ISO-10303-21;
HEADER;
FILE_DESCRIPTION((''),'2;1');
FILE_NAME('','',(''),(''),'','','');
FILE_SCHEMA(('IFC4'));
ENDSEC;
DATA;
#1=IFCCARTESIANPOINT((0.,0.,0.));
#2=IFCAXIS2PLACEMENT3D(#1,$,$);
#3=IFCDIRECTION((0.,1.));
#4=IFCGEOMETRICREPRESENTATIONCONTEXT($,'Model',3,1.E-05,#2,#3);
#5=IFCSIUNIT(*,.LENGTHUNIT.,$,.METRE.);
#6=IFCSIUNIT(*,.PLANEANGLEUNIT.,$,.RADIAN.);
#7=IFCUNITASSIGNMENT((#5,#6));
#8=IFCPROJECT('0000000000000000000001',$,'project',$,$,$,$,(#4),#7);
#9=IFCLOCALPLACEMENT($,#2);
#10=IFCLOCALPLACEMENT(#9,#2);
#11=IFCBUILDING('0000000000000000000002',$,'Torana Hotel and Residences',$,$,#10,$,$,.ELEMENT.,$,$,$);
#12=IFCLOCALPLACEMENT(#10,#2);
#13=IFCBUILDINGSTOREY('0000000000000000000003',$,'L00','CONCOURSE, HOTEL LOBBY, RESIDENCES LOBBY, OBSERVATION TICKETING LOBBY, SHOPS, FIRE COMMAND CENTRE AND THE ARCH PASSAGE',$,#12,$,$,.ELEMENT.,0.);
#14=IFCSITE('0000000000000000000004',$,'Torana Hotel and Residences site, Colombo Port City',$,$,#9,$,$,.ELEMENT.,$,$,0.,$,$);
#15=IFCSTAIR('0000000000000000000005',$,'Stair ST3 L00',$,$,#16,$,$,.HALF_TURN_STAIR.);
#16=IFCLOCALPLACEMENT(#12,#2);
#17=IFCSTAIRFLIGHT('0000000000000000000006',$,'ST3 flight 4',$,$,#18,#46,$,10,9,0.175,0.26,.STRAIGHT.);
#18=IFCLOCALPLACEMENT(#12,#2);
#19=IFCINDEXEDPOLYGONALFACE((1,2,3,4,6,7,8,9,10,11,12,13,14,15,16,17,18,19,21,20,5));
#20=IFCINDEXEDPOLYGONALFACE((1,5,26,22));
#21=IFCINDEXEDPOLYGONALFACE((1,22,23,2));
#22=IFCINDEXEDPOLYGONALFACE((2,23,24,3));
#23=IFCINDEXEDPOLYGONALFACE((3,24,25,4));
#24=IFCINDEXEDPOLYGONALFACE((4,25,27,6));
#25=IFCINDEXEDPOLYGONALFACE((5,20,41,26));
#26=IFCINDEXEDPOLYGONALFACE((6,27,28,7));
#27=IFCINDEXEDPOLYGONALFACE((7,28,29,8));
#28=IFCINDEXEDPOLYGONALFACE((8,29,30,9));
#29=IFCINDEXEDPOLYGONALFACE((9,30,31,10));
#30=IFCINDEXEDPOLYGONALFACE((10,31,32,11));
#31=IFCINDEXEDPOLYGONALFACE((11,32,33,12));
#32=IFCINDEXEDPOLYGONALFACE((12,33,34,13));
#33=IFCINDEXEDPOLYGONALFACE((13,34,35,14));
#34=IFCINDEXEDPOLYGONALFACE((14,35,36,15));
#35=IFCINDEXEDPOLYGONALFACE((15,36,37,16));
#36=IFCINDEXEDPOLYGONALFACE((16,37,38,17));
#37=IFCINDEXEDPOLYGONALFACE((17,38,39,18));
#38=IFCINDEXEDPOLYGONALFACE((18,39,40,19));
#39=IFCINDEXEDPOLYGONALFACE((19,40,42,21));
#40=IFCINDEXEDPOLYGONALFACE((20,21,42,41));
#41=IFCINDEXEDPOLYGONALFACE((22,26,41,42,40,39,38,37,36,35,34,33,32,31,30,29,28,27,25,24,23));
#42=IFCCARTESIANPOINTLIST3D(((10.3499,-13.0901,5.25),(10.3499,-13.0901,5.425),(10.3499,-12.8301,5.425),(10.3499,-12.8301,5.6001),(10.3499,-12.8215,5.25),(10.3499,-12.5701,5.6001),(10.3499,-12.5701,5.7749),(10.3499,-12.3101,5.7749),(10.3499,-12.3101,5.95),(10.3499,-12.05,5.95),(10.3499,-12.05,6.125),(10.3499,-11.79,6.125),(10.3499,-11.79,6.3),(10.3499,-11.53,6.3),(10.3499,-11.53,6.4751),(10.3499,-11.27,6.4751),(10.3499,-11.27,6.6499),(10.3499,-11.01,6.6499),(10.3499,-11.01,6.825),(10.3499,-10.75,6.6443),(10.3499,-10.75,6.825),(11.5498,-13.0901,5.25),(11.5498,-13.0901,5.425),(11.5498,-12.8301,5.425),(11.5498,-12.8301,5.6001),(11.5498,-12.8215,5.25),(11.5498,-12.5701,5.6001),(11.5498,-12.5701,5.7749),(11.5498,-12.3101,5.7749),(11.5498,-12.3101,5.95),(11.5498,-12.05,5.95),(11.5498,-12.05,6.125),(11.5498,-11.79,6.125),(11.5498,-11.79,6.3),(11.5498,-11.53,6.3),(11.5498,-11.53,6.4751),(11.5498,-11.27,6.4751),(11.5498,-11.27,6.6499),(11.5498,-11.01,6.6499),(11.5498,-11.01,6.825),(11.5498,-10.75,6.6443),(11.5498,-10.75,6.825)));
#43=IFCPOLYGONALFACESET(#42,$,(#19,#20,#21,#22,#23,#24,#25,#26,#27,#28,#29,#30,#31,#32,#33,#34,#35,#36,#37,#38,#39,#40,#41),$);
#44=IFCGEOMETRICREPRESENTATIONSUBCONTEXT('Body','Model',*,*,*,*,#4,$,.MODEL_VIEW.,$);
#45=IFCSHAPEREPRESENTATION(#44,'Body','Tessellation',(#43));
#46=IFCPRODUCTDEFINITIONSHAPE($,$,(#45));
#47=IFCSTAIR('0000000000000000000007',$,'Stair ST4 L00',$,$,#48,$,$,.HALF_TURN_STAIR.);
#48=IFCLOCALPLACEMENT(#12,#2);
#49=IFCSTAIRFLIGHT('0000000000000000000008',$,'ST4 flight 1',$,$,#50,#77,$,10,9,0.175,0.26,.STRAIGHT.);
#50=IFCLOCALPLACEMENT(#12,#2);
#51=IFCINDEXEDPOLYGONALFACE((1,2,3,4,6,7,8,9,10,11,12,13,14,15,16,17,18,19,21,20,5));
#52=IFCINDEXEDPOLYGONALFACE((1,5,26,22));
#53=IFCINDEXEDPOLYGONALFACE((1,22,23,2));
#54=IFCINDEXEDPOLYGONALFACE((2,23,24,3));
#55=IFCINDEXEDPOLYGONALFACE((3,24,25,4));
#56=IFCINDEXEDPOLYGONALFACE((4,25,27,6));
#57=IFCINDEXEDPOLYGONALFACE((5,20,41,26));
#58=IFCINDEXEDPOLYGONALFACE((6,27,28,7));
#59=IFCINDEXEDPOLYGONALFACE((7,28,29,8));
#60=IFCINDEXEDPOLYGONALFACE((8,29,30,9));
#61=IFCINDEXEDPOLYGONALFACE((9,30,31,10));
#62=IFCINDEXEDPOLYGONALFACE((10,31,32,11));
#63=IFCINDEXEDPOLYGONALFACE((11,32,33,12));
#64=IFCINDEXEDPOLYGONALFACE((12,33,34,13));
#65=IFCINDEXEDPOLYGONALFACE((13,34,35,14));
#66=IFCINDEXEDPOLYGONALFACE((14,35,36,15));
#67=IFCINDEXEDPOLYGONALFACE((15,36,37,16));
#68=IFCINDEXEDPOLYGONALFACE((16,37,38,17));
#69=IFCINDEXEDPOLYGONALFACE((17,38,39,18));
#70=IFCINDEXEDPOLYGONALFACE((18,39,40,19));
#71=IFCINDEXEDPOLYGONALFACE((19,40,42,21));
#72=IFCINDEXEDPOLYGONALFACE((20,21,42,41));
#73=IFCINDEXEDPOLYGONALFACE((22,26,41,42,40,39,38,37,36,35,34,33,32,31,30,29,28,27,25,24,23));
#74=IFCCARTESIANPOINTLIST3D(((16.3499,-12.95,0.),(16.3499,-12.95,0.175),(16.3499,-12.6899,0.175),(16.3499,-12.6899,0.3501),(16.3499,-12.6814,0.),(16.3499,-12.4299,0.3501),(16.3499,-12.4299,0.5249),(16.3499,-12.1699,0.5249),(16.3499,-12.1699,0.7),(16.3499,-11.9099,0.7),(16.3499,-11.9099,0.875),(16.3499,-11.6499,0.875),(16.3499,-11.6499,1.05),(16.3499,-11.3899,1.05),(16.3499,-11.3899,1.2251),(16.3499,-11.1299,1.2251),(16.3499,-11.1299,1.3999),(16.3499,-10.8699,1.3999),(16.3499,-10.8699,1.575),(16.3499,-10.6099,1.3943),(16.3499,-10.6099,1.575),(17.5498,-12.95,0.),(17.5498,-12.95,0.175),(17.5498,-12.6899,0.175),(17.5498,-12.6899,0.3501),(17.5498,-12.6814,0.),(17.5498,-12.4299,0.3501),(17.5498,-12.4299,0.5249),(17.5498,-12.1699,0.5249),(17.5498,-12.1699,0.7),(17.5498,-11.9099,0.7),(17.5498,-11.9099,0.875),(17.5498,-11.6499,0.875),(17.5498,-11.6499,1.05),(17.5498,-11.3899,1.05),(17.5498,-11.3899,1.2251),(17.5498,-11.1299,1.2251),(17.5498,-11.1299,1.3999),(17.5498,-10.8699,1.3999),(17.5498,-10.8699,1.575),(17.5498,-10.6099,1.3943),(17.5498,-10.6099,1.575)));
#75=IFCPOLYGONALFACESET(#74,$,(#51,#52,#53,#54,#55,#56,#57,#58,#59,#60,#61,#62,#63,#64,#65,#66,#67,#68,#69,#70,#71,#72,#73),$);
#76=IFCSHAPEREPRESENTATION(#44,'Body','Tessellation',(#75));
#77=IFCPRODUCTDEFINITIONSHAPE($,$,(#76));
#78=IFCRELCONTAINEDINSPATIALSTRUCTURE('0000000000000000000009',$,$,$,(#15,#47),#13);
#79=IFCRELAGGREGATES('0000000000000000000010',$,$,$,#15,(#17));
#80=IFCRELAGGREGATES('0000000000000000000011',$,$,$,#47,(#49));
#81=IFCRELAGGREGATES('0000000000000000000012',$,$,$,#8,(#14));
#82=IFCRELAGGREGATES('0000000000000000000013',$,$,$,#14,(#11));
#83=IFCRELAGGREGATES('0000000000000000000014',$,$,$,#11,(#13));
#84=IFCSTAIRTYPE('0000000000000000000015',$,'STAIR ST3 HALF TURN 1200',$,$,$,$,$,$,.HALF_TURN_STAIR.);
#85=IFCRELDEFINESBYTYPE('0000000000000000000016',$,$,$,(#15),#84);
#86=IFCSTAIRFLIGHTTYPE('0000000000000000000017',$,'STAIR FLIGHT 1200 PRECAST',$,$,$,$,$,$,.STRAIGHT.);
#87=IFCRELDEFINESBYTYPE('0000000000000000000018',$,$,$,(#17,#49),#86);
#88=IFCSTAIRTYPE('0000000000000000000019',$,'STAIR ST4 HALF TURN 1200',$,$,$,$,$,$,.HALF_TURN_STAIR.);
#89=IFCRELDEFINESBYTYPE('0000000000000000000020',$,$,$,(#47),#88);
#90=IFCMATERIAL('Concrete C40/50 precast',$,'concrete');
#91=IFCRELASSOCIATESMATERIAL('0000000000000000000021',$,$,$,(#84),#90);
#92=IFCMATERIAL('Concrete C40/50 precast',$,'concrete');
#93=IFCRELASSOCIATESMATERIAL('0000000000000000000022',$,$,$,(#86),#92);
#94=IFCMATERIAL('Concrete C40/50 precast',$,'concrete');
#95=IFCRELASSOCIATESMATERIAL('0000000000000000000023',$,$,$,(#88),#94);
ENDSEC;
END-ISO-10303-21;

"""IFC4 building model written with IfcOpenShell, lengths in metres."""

from ifc_helpers import new_model, si_unit, direction, frame, origin, place, context, subcontext, project, spatial, polyline, outline, extrude, material, type_object, element, aggregate, save


model = new_model("IFC4")

# Units and contexts
model_context = context("Model", 3, precision=1e-05, world=origin(), true_north=direction((0.0, 1.0)))
body_context = subcontext(model_context, "Body", "Model", "MODEL_VIEW")
ifc_project = project(units=[si_unit("LENGTHUNIT", "METRE"), si_unit("PLANEANGLEUNIT", "RADIAN")], contexts=[model_context])

# Site, building, storey
site_placement = place(None, origin())
site = spatial("IfcSite", under=ifc_project, at=site_placement, Name="Torana Hotel and Residences site, Colombo Port City", CompositionType="ELEMENT", RefElevation=0.0)
building_placement = place(site_placement, origin())
building = spatial("IfcBuilding", under=site, at=building_placement, Name="Torana Hotel and Residences", CompositionType="ELEMENT")
storey_placement = place(building_placement, origin())
storey = spatial("IfcBuildingStorey", under=building, at=storey_placement, Name="L00", Description="CONCOURSE, HOTEL LOBBY, RESIDENCES LOBBY, OBSERVATION TICKETING LOBBY, SHOPS, FIRE COMMAND CENTRE AND THE ARCH PASSAGE", CompositionType="ELEMENT", Elevation=0.0)

# Stair, stair flight
ifc_material_1 = material(Name="Concrete C40/50 precast", Category="concrete")
stair_type_1 = type_object("IfcStairType", Name="STAIR ST3 HALF TURN 1200", PredefinedType="HALF_TURN_STAIR", material=ifc_material_1)
stair_1_placement = place(storey_placement, origin())
stair_1 = element("IfcStair", 1, at=stair_1_placement, inside=storey, type_object=stair_type_1, Name="Stair ST3 L00", PredefinedType="HALF_TURN_STAIR")
ifc_material_2 = material(Name="Concrete C40/50 precast", Category="concrete")
stair_flight_type = type_object("IfcStairFlightType", Name="STAIR FLIGHT 1200 PRECAST", PredefinedType="STRAIGHT", material=ifc_material_2)
stair_flight_1_placement = place(storey_placement, frame((10.95, -13.0901, 5.25), z_axis=(0.0, 0.0, 1.0), x_axis=(0.0, 1.0, 0.0)))
stair_flight_1 = element("IfcStairFlight", 2, at=stair_flight_1_placement, type_object=stair_flight_type, Name="ST3 flight 4", NumberOfRisers=10, NumberOfTreads=9, PredefinedType="STRAIGHT", RiserHeight=0.175, TreadLength=0.26, context=body_context, shape_type="SweptSolid", body=[
    extrude(outline(polyline([(0.0, 0.0), (0.0, 0.175), (0.26, 0.175), (0.26, 0.3501), (0.52, 0.3501), (0.52, 0.5249), (0.78, 0.5249), (0.78, 0.7), (1.04, 0.7), (1.04, 0.875), (1.3, 0.875), (1.3, 1.05), (1.5601, 1.05), (1.5601, 1.2251), (1.8201, 1.2251), (1.8201, 1.3999), (2.0801, 1.3999), (2.0801, 1.575), (2.3401, 1.575), (2.3401, 1.75), (2.3401, 1.3943), (0.2686, 0.0), (0.0, 0.0)])), frame((0.0, 0.6001, 0.0), z_axis=(0.0, -1.0, 0.0), x_axis=(1.0, 0.0, 0.0)), (0.0, 0.0, 1.0), 1.2),
])
aggregate(stair_1, [stair_flight_1])

# Stair, stair flight
ifc_material_3 = material(Name="Concrete C40/50 precast", Category="concrete")
stair_type_2 = type_object("IfcStairType", Name="STAIR ST4 HALF TURN 1200", PredefinedType="HALF_TURN_STAIR", material=ifc_material_3)
stair_2_placement = place(storey_placement, origin())
stair_2 = element("IfcStair", 3, at=stair_2_placement, inside=storey, type_object=stair_type_2, Name="Stair ST4 L00", PredefinedType="HALF_TURN_STAIR")
stair_flight_2_placement = place(storey_placement, frame((16.95, -12.95, 0.0), z_axis=(0.0, 0.0, 1.0), x_axis=(0.0, 1.0, 0.0)))
stair_flight_2 = element("IfcStairFlight", 4, at=stair_flight_2_placement, type_object=stair_flight_type, Name="ST4 flight 1", NumberOfRisers=10, NumberOfTreads=9, PredefinedType="STRAIGHT", RiserHeight=0.175, TreadLength=0.26, context=body_context, shape_type="SweptSolid", body=[
    extrude(outline(polyline([(0.0, 0.0), (0.0, 0.175), (0.26, 0.175), (0.26, 0.3501), (0.52, 0.3501), (0.52, 0.5249), (0.78, 0.5249), (0.78, 0.7), (1.04, 0.7), (1.04, 0.875), (1.3, 0.875), (1.3, 1.05), (1.5601, 1.05), (1.5601, 1.2251), (1.8201, 1.2251), (1.8201, 1.3999), (2.0801, 1.3999), (2.0801, 1.575), (2.3401, 1.575), (2.3401, 1.75), (2.3401, 1.3943), (0.2686, 0.0), (0.0, 0.0)])), frame((0.0, 0.6001, 0.0), z_axis=(0.0, -1.0, 0.0), x_axis=(1.0, 0.0, 0.0)), (0.0, 0.0, 1.0), 1.2),
])
aggregate(stair_2, [stair_flight_2])

save(model, "model.ifc")
